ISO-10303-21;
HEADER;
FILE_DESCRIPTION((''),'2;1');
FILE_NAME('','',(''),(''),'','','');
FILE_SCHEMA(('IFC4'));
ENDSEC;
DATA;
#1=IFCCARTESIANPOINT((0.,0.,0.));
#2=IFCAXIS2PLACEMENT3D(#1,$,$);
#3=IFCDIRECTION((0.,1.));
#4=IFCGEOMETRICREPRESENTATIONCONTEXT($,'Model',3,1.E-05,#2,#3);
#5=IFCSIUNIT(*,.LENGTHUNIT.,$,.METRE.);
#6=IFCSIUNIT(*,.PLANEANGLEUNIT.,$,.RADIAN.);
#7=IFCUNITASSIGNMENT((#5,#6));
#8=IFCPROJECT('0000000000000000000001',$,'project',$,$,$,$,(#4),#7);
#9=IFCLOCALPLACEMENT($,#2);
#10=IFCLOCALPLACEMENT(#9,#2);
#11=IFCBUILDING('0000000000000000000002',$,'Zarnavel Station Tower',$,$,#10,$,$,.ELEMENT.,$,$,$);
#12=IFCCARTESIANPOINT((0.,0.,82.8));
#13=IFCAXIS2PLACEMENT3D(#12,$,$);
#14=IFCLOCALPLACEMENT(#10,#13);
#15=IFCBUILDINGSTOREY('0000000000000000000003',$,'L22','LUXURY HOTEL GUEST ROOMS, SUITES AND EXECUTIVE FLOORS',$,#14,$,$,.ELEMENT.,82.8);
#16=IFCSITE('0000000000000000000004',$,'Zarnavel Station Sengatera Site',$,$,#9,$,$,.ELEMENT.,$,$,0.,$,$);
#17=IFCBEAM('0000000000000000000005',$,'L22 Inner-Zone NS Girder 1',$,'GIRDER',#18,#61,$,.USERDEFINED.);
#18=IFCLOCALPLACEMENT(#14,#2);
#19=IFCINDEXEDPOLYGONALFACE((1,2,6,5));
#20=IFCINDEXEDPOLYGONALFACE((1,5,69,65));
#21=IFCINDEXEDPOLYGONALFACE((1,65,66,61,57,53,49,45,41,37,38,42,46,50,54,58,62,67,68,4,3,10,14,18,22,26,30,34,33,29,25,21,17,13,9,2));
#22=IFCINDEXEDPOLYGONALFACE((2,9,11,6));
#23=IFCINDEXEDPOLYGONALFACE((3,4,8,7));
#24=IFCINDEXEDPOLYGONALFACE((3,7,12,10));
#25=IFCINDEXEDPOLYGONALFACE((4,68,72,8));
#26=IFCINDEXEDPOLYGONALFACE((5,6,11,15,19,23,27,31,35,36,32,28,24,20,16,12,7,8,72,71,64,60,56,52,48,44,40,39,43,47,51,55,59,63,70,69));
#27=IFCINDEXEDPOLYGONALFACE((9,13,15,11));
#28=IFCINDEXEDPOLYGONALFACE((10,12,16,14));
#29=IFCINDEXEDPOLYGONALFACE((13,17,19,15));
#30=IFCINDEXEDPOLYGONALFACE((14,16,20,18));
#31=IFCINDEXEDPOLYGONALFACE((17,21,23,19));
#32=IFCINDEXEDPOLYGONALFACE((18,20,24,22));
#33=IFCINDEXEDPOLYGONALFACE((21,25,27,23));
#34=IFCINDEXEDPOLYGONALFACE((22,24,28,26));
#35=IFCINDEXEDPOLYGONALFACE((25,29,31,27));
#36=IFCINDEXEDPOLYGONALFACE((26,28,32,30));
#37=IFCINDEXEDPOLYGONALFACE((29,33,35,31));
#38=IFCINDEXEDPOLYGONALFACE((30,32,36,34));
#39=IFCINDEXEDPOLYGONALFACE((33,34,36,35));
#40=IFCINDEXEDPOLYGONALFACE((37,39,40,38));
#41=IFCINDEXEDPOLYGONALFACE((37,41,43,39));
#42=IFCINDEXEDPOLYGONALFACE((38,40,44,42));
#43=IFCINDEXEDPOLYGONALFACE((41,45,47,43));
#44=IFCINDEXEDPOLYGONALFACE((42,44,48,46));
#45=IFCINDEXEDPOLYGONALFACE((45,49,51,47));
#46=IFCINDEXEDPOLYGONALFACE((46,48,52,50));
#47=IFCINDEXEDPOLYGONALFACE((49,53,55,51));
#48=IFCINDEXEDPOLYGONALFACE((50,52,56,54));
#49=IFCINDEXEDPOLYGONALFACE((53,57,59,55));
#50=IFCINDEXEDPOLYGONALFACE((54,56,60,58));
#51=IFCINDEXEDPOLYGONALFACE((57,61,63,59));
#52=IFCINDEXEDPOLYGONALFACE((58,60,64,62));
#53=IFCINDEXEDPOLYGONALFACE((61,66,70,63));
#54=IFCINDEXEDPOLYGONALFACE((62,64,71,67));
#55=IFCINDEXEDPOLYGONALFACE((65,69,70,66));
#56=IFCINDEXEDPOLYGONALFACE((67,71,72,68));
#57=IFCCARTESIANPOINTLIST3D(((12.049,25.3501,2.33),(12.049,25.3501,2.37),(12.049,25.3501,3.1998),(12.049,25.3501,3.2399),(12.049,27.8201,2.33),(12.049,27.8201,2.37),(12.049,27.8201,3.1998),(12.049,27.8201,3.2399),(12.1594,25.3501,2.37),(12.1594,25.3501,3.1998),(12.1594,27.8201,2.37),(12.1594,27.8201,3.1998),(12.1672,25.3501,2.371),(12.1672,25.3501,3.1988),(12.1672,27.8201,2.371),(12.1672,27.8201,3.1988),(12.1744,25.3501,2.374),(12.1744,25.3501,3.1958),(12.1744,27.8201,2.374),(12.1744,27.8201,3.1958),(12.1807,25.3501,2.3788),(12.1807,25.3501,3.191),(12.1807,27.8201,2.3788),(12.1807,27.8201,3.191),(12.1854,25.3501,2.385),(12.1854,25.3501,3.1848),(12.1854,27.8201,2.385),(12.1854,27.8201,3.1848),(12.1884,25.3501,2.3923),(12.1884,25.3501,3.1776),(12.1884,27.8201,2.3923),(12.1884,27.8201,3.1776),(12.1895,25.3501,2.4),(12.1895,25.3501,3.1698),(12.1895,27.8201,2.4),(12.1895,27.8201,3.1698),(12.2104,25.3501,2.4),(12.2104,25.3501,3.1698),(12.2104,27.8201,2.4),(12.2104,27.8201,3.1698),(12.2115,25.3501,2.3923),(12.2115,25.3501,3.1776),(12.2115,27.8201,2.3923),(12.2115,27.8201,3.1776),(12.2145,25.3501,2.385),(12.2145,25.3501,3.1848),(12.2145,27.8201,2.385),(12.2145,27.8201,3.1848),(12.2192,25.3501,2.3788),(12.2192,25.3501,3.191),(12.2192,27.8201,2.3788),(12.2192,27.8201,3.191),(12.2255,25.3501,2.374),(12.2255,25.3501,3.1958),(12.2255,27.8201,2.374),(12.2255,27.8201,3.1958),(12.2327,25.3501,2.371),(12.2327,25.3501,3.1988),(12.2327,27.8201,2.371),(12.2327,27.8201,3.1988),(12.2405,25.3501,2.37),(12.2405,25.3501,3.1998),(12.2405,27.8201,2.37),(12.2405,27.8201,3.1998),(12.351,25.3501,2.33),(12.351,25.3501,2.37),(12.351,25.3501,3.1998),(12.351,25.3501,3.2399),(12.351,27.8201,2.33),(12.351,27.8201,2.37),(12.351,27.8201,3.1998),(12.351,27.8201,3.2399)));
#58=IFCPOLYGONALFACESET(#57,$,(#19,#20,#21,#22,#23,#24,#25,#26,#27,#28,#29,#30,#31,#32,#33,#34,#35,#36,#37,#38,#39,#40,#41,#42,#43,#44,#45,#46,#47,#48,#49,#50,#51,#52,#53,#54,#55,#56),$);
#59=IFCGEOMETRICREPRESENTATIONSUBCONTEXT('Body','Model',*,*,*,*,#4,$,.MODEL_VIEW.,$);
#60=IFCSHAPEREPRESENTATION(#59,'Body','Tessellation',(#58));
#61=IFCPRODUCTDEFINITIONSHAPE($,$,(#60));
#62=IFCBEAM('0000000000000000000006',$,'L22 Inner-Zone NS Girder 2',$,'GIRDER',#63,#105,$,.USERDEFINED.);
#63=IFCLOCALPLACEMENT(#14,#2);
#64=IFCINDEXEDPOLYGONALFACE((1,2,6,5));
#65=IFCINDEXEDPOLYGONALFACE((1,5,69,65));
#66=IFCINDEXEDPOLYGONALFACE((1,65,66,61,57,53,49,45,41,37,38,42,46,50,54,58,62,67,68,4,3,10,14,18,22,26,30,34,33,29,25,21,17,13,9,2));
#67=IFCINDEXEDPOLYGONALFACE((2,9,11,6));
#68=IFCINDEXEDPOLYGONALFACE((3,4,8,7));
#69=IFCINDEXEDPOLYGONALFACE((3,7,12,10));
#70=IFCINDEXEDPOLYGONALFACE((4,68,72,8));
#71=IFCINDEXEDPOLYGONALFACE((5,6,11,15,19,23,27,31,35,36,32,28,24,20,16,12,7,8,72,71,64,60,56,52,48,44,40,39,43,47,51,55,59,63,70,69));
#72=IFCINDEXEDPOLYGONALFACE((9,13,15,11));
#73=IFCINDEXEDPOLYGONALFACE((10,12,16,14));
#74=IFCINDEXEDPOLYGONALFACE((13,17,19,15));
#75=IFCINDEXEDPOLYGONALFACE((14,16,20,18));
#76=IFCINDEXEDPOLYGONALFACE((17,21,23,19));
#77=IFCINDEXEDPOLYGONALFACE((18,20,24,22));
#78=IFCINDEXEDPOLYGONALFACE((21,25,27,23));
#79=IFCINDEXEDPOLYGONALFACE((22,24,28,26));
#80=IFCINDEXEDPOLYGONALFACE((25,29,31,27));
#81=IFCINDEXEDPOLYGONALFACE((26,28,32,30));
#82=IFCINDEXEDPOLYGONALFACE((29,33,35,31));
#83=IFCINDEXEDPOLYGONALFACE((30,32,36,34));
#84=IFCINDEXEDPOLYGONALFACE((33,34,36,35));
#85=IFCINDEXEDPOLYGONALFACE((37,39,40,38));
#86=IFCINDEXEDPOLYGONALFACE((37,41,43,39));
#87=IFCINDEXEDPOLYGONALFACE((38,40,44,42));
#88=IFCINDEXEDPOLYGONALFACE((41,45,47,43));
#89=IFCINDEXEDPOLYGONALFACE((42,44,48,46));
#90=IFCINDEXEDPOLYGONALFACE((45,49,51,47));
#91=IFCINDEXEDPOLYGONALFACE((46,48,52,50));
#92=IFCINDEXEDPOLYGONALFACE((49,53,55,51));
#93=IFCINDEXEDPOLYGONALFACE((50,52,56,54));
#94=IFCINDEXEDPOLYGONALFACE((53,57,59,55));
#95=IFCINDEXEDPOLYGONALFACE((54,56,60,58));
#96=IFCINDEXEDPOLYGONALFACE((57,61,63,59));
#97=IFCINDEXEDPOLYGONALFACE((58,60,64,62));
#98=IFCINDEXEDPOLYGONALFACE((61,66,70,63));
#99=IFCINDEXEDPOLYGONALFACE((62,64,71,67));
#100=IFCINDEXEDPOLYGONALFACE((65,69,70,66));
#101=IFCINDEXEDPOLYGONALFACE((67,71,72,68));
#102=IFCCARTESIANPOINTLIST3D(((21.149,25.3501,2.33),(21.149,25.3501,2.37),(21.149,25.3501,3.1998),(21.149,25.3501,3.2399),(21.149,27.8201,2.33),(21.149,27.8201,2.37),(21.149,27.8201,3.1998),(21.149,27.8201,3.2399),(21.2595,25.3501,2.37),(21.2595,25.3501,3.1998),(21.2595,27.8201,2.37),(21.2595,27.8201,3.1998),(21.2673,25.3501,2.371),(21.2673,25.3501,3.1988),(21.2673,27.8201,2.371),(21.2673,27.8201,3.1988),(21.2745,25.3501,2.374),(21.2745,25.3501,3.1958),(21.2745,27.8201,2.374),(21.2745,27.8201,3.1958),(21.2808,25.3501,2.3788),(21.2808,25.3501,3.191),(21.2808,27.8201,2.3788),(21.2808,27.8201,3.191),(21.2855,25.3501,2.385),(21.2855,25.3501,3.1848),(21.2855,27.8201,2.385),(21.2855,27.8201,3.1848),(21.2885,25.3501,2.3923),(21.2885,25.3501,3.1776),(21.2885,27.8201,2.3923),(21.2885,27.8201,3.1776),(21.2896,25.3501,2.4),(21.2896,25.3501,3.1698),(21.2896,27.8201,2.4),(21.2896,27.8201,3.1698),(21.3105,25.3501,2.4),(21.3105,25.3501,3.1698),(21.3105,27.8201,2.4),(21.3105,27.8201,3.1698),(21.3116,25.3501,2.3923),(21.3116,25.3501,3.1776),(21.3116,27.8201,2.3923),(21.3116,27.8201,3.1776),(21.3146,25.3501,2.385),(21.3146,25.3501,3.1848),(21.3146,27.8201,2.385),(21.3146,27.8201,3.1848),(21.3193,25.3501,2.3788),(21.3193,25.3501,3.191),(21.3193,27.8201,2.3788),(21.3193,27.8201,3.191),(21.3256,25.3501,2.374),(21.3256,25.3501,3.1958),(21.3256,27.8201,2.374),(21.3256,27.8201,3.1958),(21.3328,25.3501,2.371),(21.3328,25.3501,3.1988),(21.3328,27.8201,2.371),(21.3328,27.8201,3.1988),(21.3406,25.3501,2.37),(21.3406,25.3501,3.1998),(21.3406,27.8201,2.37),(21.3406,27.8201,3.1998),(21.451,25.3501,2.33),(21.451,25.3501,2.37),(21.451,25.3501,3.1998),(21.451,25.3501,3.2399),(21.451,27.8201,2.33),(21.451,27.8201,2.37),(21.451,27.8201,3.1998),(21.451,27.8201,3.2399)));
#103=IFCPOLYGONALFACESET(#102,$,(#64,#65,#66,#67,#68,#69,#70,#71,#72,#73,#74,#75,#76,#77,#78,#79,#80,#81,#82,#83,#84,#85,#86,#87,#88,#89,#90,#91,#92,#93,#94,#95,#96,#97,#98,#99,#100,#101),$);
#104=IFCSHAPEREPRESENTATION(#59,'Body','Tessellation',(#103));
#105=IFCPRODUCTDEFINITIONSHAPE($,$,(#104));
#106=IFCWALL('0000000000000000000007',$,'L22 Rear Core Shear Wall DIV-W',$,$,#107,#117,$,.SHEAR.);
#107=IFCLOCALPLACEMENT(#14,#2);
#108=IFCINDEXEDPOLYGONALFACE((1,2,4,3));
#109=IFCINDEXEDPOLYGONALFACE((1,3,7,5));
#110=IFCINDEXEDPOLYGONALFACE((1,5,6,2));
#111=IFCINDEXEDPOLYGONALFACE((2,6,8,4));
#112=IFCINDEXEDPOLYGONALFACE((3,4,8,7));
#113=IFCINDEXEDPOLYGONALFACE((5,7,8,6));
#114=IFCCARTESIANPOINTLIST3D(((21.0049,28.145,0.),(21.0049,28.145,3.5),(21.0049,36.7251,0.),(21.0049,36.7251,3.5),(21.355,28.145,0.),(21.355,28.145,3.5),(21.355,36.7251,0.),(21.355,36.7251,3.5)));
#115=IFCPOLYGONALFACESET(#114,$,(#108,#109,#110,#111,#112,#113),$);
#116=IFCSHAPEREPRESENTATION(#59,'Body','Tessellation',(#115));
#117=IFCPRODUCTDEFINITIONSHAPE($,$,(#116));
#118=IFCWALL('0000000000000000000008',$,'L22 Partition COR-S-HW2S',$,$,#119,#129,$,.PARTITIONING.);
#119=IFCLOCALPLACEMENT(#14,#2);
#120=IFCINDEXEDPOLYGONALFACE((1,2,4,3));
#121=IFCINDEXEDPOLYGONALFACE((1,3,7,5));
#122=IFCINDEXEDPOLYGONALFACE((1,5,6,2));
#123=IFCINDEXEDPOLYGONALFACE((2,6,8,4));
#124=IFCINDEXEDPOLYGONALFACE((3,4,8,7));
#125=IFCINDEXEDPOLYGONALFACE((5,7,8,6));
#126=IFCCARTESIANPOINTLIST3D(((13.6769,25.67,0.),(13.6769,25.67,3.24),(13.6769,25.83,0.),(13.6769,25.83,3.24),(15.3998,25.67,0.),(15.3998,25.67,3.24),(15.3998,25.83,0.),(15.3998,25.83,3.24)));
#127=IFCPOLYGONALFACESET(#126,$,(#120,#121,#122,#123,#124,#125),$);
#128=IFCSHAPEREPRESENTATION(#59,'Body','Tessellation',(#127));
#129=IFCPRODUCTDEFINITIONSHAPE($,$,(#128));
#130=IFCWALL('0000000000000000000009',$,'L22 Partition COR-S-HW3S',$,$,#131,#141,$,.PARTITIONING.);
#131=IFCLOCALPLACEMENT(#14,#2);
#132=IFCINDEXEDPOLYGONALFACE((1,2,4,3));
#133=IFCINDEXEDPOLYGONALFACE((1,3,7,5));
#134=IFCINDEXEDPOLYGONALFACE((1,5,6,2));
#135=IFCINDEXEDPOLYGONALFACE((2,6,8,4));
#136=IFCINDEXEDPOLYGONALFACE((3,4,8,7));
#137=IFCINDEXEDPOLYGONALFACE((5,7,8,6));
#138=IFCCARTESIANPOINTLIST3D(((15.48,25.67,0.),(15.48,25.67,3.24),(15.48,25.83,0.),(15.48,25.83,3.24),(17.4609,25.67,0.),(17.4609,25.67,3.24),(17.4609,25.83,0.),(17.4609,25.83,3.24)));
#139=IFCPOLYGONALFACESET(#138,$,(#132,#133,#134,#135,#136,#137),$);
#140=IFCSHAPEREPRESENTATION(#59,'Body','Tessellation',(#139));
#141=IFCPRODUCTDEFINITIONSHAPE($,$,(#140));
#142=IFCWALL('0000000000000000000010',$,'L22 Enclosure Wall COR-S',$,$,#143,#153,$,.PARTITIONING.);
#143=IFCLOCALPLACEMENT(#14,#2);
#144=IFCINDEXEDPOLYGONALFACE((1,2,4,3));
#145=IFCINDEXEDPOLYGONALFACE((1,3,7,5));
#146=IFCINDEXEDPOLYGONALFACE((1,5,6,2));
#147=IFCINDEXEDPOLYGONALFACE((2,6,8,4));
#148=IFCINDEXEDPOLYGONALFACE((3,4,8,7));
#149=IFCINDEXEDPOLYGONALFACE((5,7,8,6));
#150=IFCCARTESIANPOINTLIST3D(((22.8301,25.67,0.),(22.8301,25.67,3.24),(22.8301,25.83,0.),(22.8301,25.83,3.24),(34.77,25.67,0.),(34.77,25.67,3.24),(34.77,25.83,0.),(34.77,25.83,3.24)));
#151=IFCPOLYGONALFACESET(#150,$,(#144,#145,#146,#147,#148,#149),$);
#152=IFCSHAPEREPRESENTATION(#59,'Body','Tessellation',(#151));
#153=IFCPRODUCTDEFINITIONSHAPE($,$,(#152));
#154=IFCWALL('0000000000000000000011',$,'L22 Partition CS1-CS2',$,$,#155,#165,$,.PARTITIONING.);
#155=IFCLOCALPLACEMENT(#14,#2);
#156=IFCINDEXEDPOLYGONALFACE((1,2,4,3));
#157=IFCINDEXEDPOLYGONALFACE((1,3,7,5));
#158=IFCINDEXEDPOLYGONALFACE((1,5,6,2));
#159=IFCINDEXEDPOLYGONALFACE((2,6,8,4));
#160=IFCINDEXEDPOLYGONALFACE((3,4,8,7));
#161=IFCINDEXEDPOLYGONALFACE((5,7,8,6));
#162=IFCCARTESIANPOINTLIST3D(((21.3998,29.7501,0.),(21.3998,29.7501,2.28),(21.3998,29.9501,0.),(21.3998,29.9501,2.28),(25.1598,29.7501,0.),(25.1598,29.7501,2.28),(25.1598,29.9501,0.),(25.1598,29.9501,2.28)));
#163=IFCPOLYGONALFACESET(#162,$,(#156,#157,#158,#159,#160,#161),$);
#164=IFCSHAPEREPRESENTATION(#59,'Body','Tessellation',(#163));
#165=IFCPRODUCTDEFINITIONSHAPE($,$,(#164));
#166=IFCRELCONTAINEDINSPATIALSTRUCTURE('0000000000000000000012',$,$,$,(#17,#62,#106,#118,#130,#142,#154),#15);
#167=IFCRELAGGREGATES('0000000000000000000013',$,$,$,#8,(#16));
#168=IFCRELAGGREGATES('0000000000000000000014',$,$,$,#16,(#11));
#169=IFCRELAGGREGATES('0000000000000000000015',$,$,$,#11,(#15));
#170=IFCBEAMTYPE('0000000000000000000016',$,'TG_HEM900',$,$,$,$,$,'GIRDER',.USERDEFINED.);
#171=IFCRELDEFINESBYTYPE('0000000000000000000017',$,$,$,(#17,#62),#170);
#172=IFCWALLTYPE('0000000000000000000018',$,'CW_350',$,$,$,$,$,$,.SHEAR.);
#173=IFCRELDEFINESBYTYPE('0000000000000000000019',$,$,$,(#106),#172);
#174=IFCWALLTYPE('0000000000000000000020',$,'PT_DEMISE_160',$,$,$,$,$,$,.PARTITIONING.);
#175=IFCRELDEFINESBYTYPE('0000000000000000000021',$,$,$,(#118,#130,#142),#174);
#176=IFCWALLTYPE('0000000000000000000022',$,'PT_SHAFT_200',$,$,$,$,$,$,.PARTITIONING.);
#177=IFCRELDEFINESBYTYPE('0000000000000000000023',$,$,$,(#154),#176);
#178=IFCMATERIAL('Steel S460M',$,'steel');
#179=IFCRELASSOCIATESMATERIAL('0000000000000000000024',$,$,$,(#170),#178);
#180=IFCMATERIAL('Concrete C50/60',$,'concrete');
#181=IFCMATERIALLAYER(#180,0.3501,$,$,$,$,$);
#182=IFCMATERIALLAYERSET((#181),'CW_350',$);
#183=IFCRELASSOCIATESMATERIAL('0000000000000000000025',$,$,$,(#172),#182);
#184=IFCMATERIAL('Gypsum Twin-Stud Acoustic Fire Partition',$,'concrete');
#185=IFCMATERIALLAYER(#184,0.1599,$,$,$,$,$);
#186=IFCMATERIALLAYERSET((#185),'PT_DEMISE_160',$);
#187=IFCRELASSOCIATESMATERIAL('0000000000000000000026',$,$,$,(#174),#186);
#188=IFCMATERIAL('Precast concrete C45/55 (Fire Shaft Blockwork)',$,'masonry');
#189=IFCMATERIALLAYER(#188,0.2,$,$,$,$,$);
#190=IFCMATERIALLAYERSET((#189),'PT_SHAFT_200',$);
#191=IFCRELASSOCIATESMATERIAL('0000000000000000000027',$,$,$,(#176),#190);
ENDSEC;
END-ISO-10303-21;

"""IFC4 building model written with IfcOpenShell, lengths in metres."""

from ifc_helpers import new_model, si_unit, direction, frame, frame_2d, origin, origin_2d, place, context, subcontext, project, spatial, rectangle, i_section, extrude, material, layer, layer_set, material_profile, profile_set, type_object, element, save


model = new_model("IFC4")

# Units and contexts
model_context = context("Model", 3, precision=1e-05, world=origin(), true_north=direction((0.0, 1.0)))
body_context = subcontext(model_context, "Body", "Model", "MODEL_VIEW")
ifc_project = project(units=[si_unit("LENGTHUNIT", "METRE"), si_unit("PLANEANGLEUNIT", "RADIAN")], contexts=[model_context])

# Site, building, storey
site_placement = place(None, origin())
site = spatial("IfcSite", under=ifc_project, at=site_placement, Name="Zarnavel Station Sengatera Site", CompositionType="ELEMENT", RefElevation=0.0)
building_placement = place(site_placement, origin())
building = spatial("IfcBuilding", under=site, at=building_placement, Name="Zarnavel Station Tower", CompositionType="ELEMENT")
storey_placement = place(building_placement, frame((0.0, 0.0, 82.8)))
storey = spatial("IfcBuildingStorey", under=building, at=storey_placement, Name="L22", Description="LUXURY HOTEL GUEST ROOMS, SUITES AND EXECUTIVE FLOORS", CompositionType="ELEMENT", Elevation=82.8)

# Beams
ifc_material_1 = material(Name="Steel S460M", Category="steel")
ifc_material_profile_1 = material_profile(ifc_material_1, i_section(OverallWidth=0.302, OverallDepth=0.9099, WebThickness=0.021, FlangeThickness=0.04, FilletRadius=0.03, at=origin_2d()), Name="HEM900")
ifc_profile_set_1 = profile_set([ifc_material_profile_1], Name="Steel S460M")
beam_type_1 = type_object("IfcBeamType", Name="TG_HEM900", ElementType="GIRDER", PredefinedType="USERDEFINED", material=ifc_profile_set_1)
for number, where, z_axis, x_axis, name in (
    (1, (12.2, 25.3501, 2.7849), (0.0, 1.0, 0.0), (-1.0, 0.0, 0.0), "L22 Inner-Zone NS Girder 1"),
    (2, (21.3, 25.3501, 2.7849), (0.0, 1.0, 0.0), (-1.0, 0.0, 0.0), "L22 Inner-Zone NS Girder 2"),
):
    element("IfcBeam", number, at=place(storey_placement, frame(where, z_axis=z_axis, x_axis=x_axis)), inside=storey, type_object=beam_type_1, Name=name, ObjectType="GIRDER", PredefinedType="USERDEFINED", context=body_context, shape_type="SweptSolid", body=[
        extrude(i_section(OverallWidth=0.302, OverallDepth=0.9099, WebThickness=0.021, FlangeThickness=0.04, FilletRadius=0.03, at=origin_2d()), origin(), (0.0, 0.0, 1.0), 2.47),
    ])

# Wall
ifc_material_2 = material(Name="Concrete C50/60", Category="concrete")
ifc_layer_1 = layer(ifc_material_2, 0.3501)
ifc_layer_set_1 = layer_set([ifc_layer_1], Name="CW_350")
wall_type_1 = type_object("IfcWallType", Name="CW_350", PredefinedType="SHEAR", material=ifc_layer_set_1)
wall_1_placement = place(storey_placement, frame((21.1799, 28.145, 0.0), z_axis=(0.0, 0.0, 1.0), x_axis=(0.0, 1.0, 0.0)))
element("IfcWall", 3, at=wall_1_placement, inside=storey, type_object=wall_type_1, Name="L22 Rear Core Shear Wall DIV-W", PredefinedType="SHEAR", context=body_context, shape_type="SweptSolid", body=[
    extrude(rectangle(XDim=8.5801, YDim=0.3501, at=frame_2d((4.29, 0.0))), origin(), (0.0, 0.0, 1.0), 3.5),
])

# Wall
ifc_material_3 = material(Name="Gypsum Twin-Stud Acoustic Fire Partition", Category="concrete")
ifc_layer_2 = layer(ifc_material_3, 0.1599)
ifc_layer_set_2 = layer_set([ifc_layer_2], Name="PT_DEMISE_160")
wall_type_2 = type_object("IfcWallType", Name="PT_DEMISE_160", PredefinedType="PARTITIONING", material=ifc_layer_set_2)
wall_2_placement = place(storey_placement, frame((13.677, 25.75, 0.0), z_axis=(0.0, 0.0, 1.0), x_axis=(1.0, 0.0, 0.0)))
element("IfcWall", 4, at=wall_2_placement, inside=storey, type_object=wall_type_2, Name="L22 Partition COR-S-HW2S", PredefinedType="PARTITIONING", context=body_context, shape_type="SweptSolid", body=[
    extrude(rectangle(XDim=1.7229, YDim=0.1599, at=frame_2d((0.8613, 0.0))), origin(), (0.0, 0.0, 1.0), 3.24),
])

# Walls
wall_3_placement = place(storey_placement, frame((15.48, 25.75, 0.0), z_axis=(0.0, 0.0, 1.0), x_axis=(1.0, 0.0, 0.0)))
element("IfcWall", 5, at=wall_3_placement, inside=storey, type_object=wall_type_2, Name="L22 Partition COR-S-HW3S", PredefinedType="PARTITIONING", context=body_context, shape_type="SweptSolid", body=[
    extrude(rectangle(XDim=1.981, YDim=0.1599, at=frame_2d((0.9905, 0.0))), origin(), (0.0, 0.0, 1.0), 3.24),
])
wall_4_placement = place(storey_placement, frame((22.8301, 25.75, 0.0), z_axis=(0.0, 0.0, 1.0), x_axis=(1.0, 0.0, 0.0)))
element("IfcWall", 6, at=wall_4_placement, inside=storey, type_object=wall_type_2, Name="L22 Enclosure Wall COR-S", PredefinedType="PARTITIONING", context=body_context, shape_type="SweptSolid", body=[
    extrude(rectangle(XDim=11.9399, YDim=0.1599, at=frame_2d((5.97, 0.0))), origin(), (0.0, 0.0, 1.0), 3.24),
])

# Shared definitions
ifc_material_4 = material(Name="Precast concrete C45/55 (Fire Shaft Blockwork)", Category="masonry")
ifc_layer_3 = layer(ifc_material_4, 0.2)
ifc_layer_set_3 = layer_set([ifc_layer_3], Name="PT_SHAFT_200")
wall_type_3 = type_object("IfcWallType", Name="PT_SHAFT_200", PredefinedType="PARTITIONING", material=ifc_layer_set_3)

# Wall
wall_5_placement = place(storey_placement, frame((21.3999, 29.8501, 0.0), z_axis=(0.0, 0.0, 1.0), x_axis=(1.0, 0.0, 0.0)))
element("IfcWall", 7, at=wall_5_placement, inside=storey, type_object=wall_type_3, Name="L22 Partition CS1-CS2", PredefinedType="PARTITIONING", context=body_context, shape_type="SweptSolid", body=[
    extrude(rectangle(XDim=3.76, YDim=0.2, at=frame_2d((1.8799, 0.0))), origin(), (0.0, 0.0, 1.0), 2.28),
])

save(model, "model.ifc")
